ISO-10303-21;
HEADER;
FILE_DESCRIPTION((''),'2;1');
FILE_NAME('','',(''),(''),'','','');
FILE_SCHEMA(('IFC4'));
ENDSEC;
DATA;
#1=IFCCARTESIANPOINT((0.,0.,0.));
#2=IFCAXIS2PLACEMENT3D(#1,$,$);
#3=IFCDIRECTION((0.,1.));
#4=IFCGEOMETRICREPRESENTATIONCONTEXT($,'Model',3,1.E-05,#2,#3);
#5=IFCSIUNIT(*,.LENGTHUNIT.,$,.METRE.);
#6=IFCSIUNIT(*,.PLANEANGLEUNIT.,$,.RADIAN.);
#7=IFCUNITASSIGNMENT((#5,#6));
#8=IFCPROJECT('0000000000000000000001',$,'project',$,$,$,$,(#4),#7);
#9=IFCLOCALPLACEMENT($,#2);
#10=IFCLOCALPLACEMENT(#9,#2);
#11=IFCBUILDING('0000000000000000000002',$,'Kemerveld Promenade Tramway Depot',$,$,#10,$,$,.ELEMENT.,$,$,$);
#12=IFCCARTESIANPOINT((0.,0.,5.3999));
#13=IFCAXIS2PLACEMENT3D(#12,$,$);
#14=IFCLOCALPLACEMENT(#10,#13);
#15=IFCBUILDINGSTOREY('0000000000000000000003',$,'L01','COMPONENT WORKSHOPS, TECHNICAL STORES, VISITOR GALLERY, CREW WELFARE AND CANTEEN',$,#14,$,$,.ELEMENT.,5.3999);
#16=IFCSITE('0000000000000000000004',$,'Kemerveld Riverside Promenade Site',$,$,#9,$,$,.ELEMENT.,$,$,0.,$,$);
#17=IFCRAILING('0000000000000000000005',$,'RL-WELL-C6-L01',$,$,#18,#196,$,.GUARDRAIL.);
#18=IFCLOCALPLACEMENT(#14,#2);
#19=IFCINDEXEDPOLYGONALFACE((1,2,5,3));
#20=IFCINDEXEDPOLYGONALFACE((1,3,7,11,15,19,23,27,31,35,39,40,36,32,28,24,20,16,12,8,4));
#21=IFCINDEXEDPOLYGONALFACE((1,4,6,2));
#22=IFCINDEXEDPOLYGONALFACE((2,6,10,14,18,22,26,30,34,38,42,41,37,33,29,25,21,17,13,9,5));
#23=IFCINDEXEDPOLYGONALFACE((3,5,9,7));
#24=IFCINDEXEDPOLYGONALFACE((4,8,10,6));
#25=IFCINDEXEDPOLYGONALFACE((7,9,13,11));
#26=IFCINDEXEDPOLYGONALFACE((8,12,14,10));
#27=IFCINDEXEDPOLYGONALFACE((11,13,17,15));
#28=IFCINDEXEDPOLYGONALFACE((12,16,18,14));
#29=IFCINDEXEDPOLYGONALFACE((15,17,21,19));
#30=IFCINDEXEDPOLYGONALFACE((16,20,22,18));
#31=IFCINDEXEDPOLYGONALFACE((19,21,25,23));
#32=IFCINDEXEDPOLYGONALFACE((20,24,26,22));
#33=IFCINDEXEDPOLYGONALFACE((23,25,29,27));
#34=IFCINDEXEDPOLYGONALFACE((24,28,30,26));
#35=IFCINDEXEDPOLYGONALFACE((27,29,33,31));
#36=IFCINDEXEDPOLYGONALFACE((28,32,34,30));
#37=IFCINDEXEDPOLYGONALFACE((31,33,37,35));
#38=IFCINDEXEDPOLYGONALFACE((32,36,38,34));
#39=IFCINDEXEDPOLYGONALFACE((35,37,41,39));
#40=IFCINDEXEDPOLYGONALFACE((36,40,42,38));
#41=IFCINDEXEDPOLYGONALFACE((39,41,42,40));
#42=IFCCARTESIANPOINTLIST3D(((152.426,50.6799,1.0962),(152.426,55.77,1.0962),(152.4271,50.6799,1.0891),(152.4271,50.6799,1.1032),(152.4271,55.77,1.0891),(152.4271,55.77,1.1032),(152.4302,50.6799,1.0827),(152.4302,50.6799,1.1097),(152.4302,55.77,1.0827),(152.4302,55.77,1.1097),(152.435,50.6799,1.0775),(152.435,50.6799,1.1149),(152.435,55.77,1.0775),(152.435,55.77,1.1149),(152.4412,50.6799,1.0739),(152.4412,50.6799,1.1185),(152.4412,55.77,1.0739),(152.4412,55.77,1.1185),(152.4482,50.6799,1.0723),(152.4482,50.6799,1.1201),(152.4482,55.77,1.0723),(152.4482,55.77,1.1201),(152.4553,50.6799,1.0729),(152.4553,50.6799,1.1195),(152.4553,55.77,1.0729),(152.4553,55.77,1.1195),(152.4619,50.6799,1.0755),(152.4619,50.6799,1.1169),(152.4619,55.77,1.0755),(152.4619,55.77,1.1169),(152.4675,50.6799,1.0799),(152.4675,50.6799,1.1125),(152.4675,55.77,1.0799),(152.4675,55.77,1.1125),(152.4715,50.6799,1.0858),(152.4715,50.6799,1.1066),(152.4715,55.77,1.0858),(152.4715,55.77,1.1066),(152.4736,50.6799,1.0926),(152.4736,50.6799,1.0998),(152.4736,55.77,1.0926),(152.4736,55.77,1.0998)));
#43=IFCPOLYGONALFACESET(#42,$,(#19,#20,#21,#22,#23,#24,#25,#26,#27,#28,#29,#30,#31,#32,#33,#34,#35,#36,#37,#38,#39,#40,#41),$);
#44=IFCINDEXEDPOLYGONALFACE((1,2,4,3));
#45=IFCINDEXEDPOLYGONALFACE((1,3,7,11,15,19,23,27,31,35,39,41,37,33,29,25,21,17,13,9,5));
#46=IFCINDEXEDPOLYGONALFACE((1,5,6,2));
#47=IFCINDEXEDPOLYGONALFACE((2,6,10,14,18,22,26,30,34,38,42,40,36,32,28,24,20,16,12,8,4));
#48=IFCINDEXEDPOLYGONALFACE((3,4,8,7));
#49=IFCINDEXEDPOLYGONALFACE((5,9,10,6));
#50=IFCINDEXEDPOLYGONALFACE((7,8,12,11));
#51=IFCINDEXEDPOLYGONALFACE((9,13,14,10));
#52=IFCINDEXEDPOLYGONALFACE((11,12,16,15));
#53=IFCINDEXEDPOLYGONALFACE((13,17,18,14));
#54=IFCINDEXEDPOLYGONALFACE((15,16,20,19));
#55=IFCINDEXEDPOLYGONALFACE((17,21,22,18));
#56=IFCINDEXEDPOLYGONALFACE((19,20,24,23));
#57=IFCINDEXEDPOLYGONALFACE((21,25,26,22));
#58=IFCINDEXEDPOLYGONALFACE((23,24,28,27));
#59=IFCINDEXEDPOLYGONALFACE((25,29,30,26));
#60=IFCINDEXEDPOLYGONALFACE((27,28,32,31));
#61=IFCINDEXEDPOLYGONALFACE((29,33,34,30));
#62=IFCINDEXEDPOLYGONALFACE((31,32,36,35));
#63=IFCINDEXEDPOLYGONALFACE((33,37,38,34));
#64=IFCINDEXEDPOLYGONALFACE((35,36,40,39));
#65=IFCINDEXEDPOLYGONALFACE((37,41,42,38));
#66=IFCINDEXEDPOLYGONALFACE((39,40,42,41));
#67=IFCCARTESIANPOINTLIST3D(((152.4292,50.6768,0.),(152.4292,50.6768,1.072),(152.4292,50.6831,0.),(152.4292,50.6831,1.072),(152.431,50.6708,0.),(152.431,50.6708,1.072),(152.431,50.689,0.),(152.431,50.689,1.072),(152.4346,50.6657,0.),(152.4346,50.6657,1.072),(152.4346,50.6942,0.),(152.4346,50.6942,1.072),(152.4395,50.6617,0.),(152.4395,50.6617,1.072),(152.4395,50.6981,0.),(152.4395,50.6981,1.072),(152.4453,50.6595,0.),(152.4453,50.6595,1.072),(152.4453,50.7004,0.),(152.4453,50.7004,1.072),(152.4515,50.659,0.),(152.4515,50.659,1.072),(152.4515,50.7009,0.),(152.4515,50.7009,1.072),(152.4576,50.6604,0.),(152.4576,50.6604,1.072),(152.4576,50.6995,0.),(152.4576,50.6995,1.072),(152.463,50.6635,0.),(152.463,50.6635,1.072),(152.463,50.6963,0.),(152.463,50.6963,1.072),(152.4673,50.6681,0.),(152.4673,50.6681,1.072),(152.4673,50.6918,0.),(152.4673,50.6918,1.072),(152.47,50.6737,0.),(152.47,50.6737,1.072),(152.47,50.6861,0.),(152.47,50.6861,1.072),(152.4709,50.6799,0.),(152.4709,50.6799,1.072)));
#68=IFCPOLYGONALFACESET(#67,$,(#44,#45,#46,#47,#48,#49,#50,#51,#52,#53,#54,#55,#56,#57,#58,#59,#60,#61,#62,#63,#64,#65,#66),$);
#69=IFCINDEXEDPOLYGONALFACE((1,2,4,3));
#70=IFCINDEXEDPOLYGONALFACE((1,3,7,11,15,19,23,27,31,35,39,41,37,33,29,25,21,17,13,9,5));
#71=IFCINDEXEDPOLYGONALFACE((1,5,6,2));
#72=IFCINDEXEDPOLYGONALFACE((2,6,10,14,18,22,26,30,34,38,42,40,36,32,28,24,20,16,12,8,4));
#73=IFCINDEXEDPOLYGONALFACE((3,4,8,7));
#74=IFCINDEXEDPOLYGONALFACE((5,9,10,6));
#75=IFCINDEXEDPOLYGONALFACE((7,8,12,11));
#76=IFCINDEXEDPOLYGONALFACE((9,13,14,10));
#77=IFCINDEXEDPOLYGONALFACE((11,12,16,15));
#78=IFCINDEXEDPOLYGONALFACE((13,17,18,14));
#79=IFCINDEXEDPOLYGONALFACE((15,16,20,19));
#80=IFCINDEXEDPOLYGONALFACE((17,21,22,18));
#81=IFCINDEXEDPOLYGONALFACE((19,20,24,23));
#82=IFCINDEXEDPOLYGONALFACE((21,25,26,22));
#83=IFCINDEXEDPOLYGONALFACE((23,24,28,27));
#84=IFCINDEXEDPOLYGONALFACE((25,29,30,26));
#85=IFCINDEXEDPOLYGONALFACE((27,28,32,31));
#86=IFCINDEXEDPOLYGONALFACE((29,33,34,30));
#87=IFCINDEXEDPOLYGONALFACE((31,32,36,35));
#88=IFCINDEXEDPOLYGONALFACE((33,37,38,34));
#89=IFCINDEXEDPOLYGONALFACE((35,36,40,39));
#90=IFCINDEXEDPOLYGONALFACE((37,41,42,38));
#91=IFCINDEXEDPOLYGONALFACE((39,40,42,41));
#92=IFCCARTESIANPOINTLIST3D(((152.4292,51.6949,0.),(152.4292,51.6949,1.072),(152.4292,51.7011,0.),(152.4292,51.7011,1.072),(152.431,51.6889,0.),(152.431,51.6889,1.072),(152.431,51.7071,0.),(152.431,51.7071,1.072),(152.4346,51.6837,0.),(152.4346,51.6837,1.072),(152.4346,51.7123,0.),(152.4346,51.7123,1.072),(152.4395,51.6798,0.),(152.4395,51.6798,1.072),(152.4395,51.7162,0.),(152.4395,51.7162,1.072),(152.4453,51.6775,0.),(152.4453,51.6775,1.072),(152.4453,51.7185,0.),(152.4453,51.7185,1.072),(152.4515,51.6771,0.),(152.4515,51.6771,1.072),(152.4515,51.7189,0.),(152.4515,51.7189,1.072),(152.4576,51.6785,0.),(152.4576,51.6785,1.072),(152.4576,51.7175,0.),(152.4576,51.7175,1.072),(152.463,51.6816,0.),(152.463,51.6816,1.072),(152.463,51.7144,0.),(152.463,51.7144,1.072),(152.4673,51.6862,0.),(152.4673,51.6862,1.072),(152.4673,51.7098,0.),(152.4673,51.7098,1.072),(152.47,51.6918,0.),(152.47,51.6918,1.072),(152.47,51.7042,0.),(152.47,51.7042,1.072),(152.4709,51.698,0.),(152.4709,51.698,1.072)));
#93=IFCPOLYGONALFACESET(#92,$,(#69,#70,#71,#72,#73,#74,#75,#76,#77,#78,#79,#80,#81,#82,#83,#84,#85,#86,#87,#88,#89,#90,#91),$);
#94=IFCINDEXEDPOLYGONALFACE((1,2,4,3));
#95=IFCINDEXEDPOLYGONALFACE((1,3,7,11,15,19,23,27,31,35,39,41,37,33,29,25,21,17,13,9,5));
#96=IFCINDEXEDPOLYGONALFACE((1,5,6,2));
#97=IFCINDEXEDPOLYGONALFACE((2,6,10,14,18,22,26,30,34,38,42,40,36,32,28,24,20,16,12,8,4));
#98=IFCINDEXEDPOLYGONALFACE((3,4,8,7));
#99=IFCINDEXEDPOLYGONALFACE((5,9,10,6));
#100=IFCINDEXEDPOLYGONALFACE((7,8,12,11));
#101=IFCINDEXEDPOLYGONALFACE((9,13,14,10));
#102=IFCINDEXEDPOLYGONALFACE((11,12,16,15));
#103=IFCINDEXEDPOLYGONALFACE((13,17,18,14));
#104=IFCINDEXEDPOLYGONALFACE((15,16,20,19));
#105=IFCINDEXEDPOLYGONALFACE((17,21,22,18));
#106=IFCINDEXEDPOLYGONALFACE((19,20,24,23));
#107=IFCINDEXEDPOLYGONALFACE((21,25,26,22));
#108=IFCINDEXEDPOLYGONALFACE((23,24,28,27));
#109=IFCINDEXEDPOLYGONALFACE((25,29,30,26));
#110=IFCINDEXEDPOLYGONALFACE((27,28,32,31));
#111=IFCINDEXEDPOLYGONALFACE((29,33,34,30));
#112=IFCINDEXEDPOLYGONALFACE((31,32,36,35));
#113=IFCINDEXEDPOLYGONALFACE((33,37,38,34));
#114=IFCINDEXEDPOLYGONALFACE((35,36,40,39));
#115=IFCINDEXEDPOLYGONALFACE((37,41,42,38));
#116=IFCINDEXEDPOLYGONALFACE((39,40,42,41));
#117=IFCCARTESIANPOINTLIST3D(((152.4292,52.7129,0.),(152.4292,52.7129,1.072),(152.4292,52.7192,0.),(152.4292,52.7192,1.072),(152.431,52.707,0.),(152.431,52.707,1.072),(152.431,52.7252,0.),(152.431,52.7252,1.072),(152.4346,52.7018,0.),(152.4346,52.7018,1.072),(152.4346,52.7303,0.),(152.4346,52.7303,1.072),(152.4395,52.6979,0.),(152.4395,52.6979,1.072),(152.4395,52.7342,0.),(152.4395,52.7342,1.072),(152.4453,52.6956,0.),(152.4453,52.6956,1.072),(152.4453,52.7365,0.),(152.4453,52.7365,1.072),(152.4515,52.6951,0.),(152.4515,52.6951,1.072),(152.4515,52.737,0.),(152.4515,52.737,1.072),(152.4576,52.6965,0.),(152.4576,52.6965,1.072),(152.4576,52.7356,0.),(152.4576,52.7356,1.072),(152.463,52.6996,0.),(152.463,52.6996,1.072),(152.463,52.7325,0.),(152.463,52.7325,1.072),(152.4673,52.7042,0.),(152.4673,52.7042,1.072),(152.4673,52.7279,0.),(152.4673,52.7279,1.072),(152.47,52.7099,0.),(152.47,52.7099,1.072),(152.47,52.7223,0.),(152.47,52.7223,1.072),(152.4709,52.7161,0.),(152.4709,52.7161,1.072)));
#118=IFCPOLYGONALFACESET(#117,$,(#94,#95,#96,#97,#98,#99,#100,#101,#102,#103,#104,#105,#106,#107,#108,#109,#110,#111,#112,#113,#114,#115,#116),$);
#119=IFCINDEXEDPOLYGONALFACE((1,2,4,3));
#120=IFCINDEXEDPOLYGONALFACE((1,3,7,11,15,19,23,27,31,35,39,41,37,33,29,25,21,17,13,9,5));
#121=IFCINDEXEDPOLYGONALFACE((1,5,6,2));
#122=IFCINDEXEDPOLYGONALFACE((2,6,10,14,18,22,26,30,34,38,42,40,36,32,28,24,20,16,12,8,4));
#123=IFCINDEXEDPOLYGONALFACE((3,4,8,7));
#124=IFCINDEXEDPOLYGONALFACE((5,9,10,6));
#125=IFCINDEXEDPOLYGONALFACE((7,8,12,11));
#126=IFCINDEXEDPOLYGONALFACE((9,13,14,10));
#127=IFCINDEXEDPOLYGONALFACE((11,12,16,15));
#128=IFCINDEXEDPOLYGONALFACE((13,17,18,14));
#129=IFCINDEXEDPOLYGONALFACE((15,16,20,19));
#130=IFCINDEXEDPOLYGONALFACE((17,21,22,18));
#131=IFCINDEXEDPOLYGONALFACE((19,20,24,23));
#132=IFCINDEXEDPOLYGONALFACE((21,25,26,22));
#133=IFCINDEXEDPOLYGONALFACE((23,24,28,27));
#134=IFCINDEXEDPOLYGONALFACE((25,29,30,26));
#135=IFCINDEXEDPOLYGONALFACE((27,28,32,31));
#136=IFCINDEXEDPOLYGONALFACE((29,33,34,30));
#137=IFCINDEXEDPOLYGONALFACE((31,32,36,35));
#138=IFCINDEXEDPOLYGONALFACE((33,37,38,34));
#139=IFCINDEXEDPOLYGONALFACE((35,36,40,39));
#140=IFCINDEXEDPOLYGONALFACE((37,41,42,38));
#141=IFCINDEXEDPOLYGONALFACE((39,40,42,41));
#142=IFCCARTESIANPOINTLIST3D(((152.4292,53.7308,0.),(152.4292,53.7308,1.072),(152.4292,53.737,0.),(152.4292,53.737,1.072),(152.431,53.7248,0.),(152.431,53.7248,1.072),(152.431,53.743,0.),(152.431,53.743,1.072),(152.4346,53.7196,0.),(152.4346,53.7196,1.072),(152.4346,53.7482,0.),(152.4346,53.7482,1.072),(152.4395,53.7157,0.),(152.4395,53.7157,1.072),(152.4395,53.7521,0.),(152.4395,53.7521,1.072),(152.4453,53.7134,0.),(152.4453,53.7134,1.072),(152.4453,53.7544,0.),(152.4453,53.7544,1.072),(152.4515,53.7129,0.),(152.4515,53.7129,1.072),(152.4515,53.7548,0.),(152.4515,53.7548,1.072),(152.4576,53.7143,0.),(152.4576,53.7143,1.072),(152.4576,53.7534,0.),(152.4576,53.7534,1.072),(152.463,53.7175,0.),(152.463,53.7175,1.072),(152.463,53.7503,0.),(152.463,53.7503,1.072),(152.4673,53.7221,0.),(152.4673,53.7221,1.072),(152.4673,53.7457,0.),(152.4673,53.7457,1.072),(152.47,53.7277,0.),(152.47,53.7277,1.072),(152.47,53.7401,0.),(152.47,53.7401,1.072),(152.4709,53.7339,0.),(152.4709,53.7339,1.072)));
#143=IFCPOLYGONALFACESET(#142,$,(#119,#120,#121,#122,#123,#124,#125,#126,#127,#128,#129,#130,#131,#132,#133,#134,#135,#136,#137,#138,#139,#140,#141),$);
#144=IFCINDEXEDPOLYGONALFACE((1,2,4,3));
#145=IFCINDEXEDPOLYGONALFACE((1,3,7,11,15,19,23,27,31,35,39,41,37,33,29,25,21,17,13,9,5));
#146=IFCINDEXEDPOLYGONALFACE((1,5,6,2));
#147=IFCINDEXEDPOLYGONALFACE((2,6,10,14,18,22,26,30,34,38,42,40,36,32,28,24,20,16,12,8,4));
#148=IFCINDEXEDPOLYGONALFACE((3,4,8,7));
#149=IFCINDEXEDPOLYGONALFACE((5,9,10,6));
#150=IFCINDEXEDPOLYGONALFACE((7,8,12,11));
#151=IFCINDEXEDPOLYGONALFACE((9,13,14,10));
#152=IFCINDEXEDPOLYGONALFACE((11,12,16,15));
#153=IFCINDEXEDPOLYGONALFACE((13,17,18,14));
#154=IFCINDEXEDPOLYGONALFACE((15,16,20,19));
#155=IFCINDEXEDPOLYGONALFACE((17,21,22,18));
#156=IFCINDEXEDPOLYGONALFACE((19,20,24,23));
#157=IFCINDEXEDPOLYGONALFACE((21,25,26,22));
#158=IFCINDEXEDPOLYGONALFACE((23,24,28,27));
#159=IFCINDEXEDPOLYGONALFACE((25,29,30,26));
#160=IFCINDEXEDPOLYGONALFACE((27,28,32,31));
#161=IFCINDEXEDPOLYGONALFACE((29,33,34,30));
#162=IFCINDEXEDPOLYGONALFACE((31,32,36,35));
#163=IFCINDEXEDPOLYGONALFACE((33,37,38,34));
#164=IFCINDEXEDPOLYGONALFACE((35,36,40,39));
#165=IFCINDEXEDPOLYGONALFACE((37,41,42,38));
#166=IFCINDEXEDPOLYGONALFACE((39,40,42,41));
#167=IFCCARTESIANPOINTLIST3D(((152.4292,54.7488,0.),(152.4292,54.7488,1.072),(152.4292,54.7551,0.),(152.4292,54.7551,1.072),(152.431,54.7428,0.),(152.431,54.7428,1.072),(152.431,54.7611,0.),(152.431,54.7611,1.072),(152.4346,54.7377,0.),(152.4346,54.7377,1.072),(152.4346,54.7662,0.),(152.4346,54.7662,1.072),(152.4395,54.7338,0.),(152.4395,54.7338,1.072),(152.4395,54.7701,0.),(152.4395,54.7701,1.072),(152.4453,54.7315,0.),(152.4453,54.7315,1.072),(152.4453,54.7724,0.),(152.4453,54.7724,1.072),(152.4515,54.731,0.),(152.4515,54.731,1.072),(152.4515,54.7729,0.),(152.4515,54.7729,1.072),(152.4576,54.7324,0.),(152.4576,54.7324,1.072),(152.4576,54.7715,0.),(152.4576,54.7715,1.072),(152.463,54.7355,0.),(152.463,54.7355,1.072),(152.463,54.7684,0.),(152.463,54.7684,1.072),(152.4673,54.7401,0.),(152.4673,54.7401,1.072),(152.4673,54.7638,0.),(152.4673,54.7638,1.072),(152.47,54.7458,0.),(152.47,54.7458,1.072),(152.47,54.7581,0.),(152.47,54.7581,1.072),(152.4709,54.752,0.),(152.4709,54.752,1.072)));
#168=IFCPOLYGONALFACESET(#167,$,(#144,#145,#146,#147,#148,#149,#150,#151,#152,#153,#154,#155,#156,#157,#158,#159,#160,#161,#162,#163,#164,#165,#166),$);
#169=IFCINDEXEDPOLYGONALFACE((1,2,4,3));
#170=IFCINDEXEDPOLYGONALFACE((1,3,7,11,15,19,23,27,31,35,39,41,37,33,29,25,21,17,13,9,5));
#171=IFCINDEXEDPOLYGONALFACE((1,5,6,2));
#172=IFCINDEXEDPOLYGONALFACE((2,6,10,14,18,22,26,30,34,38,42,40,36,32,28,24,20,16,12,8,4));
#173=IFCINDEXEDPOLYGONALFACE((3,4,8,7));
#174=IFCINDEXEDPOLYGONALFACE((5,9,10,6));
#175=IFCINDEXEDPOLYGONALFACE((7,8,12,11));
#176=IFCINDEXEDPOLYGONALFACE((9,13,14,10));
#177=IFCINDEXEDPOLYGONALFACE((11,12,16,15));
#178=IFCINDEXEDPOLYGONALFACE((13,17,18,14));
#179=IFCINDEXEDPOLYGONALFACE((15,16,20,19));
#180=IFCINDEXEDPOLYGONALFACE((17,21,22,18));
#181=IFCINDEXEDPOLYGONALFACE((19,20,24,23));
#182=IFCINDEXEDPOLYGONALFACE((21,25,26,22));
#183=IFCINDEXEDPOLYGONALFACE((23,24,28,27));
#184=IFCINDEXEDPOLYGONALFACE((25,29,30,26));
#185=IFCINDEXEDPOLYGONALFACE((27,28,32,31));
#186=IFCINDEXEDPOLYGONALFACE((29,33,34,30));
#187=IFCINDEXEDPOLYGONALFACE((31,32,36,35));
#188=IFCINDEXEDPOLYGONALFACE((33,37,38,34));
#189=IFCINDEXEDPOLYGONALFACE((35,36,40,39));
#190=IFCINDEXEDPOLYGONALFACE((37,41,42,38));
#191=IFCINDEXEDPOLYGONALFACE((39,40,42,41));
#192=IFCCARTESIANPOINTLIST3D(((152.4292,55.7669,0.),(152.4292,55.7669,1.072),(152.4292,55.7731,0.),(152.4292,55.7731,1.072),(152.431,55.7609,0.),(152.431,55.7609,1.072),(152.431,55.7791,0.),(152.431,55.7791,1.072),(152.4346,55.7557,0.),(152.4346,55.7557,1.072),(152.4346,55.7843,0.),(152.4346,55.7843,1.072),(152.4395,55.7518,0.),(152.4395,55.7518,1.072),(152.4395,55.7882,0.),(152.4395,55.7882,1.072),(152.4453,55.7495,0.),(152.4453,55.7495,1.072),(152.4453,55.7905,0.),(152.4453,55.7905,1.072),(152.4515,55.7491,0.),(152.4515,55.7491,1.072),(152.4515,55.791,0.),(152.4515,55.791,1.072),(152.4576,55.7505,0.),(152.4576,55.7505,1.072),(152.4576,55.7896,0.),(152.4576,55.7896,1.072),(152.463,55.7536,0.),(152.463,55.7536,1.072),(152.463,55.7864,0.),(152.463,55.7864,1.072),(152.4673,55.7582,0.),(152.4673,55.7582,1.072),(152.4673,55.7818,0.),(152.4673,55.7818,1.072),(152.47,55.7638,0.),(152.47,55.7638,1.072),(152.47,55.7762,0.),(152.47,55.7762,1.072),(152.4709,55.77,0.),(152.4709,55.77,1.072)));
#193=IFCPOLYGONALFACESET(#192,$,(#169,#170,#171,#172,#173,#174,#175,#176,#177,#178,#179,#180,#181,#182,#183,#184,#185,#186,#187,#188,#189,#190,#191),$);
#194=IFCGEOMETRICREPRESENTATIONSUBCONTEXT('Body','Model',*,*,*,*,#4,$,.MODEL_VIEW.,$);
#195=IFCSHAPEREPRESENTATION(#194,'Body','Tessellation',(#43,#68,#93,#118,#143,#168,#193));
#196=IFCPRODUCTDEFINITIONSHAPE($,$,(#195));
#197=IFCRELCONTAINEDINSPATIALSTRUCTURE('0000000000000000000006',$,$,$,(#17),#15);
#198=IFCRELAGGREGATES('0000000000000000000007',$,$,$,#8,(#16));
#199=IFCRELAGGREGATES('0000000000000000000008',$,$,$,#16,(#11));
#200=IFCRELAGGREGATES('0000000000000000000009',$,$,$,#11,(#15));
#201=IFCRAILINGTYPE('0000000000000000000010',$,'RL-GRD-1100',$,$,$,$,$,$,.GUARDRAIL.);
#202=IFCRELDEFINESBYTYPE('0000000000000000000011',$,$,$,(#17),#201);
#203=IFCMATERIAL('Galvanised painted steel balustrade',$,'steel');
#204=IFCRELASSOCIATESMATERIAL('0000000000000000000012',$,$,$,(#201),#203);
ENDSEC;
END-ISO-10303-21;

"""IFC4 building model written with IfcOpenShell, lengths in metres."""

from ifc_helpers import new_model, si_unit, direction, frame, origin, origin_2d, place, context, subcontext, project, spatial, circle, extrude, material, type_object, element, save


model = new_model("IFC4")

# Units and contexts
model_context = context("Model", 3, precision=1e-05, world=origin(), true_north=direction((0.0, 1.0)))
body_context = subcontext(model_context, "Body", "Model", "MODEL_VIEW")
ifc_project = project(units=[si_unit("LENGTHUNIT", "METRE"), si_unit("PLANEANGLEUNIT", "RADIAN")], contexts=[model_context])

# Site, building, storey
site_placement = place(None, origin())
site = spatial("IfcSite", under=ifc_project, at=site_placement, Name="Kemerveld Riverside Promenade Site", CompositionType="ELEMENT", RefElevation=0.0)
building_placement = place(site_placement, origin())
building = spatial("IfcBuilding", under=site, at=building_placement, Name="Kemerveld Promenade Tramway Depot", CompositionType="ELEMENT")
storey_placement = place(building_placement, frame((0.0, 0.0, 5.3999)))
storey = spatial("IfcBuildingStorey", under=building, at=storey_placement, Name="L01", Description="COMPONENT WORKSHOPS, TECHNICAL STORES, VISITOR GALLERY, CREW WELFARE AND CANTEEN", CompositionType="ELEMENT", Elevation=5.3999)

# Railing
ifc_material_1 = material(Name="Galvanised painted steel balustrade", Category="steel")
railing_type = type_object("IfcRailingType", Name="RL-GRD-1100", PredefinedType="GUARDRAIL", material=ifc_material_1)
railing_placement = place(storey_placement, frame((152.45, 50.6799, 0.0)))
element("IfcRailing", 1, at=railing_placement, inside=storey, type_object=railing_type, Name="RL-WELL-C6-L01", PredefinedType="GUARDRAIL", context=body_context, shape_type="SweptSolid", body=[
    extrude(circle(Radius=0.0239, at=origin_2d()), frame((0.0, 0.0, 1.0962), z_axis=(0.0, 1.0, 0.0), x_axis=(-1.0, 0.0, 0.0)), (0.0, 0.0, 1.0), 5.0901),
    extrude(circle(Radius=0.021, at=origin_2d()), origin(), (0.0, 0.0, 1.0), 1.072),
    extrude(circle(Radius=0.021, at=origin_2d()), frame((0.0, 1.0181, 0.0)), (0.0, 0.0, 1.0), 1.072),
    extrude(circle(Radius=0.021, at=origin_2d()), frame((0.0, 2.0361, 0.0)), (0.0, 0.0, 1.0), 1.072),
    extrude(circle(Radius=0.021, at=origin_2d()), frame((0.0, 3.054, 0.0)), (0.0, 0.0, 1.0), 1.072),
    extrude(circle(Radius=0.021, at=origin_2d()), frame((0.0, 4.072, 0.0)), (0.0, 0.0, 1.0), 1.072),
    extrude(circle(Radius=0.021, at=origin_2d()), frame((0.0, 5.0901, 0.0)), (0.0, 0.0, 1.0), 1.072),
])

save(model, "model.ifc")
